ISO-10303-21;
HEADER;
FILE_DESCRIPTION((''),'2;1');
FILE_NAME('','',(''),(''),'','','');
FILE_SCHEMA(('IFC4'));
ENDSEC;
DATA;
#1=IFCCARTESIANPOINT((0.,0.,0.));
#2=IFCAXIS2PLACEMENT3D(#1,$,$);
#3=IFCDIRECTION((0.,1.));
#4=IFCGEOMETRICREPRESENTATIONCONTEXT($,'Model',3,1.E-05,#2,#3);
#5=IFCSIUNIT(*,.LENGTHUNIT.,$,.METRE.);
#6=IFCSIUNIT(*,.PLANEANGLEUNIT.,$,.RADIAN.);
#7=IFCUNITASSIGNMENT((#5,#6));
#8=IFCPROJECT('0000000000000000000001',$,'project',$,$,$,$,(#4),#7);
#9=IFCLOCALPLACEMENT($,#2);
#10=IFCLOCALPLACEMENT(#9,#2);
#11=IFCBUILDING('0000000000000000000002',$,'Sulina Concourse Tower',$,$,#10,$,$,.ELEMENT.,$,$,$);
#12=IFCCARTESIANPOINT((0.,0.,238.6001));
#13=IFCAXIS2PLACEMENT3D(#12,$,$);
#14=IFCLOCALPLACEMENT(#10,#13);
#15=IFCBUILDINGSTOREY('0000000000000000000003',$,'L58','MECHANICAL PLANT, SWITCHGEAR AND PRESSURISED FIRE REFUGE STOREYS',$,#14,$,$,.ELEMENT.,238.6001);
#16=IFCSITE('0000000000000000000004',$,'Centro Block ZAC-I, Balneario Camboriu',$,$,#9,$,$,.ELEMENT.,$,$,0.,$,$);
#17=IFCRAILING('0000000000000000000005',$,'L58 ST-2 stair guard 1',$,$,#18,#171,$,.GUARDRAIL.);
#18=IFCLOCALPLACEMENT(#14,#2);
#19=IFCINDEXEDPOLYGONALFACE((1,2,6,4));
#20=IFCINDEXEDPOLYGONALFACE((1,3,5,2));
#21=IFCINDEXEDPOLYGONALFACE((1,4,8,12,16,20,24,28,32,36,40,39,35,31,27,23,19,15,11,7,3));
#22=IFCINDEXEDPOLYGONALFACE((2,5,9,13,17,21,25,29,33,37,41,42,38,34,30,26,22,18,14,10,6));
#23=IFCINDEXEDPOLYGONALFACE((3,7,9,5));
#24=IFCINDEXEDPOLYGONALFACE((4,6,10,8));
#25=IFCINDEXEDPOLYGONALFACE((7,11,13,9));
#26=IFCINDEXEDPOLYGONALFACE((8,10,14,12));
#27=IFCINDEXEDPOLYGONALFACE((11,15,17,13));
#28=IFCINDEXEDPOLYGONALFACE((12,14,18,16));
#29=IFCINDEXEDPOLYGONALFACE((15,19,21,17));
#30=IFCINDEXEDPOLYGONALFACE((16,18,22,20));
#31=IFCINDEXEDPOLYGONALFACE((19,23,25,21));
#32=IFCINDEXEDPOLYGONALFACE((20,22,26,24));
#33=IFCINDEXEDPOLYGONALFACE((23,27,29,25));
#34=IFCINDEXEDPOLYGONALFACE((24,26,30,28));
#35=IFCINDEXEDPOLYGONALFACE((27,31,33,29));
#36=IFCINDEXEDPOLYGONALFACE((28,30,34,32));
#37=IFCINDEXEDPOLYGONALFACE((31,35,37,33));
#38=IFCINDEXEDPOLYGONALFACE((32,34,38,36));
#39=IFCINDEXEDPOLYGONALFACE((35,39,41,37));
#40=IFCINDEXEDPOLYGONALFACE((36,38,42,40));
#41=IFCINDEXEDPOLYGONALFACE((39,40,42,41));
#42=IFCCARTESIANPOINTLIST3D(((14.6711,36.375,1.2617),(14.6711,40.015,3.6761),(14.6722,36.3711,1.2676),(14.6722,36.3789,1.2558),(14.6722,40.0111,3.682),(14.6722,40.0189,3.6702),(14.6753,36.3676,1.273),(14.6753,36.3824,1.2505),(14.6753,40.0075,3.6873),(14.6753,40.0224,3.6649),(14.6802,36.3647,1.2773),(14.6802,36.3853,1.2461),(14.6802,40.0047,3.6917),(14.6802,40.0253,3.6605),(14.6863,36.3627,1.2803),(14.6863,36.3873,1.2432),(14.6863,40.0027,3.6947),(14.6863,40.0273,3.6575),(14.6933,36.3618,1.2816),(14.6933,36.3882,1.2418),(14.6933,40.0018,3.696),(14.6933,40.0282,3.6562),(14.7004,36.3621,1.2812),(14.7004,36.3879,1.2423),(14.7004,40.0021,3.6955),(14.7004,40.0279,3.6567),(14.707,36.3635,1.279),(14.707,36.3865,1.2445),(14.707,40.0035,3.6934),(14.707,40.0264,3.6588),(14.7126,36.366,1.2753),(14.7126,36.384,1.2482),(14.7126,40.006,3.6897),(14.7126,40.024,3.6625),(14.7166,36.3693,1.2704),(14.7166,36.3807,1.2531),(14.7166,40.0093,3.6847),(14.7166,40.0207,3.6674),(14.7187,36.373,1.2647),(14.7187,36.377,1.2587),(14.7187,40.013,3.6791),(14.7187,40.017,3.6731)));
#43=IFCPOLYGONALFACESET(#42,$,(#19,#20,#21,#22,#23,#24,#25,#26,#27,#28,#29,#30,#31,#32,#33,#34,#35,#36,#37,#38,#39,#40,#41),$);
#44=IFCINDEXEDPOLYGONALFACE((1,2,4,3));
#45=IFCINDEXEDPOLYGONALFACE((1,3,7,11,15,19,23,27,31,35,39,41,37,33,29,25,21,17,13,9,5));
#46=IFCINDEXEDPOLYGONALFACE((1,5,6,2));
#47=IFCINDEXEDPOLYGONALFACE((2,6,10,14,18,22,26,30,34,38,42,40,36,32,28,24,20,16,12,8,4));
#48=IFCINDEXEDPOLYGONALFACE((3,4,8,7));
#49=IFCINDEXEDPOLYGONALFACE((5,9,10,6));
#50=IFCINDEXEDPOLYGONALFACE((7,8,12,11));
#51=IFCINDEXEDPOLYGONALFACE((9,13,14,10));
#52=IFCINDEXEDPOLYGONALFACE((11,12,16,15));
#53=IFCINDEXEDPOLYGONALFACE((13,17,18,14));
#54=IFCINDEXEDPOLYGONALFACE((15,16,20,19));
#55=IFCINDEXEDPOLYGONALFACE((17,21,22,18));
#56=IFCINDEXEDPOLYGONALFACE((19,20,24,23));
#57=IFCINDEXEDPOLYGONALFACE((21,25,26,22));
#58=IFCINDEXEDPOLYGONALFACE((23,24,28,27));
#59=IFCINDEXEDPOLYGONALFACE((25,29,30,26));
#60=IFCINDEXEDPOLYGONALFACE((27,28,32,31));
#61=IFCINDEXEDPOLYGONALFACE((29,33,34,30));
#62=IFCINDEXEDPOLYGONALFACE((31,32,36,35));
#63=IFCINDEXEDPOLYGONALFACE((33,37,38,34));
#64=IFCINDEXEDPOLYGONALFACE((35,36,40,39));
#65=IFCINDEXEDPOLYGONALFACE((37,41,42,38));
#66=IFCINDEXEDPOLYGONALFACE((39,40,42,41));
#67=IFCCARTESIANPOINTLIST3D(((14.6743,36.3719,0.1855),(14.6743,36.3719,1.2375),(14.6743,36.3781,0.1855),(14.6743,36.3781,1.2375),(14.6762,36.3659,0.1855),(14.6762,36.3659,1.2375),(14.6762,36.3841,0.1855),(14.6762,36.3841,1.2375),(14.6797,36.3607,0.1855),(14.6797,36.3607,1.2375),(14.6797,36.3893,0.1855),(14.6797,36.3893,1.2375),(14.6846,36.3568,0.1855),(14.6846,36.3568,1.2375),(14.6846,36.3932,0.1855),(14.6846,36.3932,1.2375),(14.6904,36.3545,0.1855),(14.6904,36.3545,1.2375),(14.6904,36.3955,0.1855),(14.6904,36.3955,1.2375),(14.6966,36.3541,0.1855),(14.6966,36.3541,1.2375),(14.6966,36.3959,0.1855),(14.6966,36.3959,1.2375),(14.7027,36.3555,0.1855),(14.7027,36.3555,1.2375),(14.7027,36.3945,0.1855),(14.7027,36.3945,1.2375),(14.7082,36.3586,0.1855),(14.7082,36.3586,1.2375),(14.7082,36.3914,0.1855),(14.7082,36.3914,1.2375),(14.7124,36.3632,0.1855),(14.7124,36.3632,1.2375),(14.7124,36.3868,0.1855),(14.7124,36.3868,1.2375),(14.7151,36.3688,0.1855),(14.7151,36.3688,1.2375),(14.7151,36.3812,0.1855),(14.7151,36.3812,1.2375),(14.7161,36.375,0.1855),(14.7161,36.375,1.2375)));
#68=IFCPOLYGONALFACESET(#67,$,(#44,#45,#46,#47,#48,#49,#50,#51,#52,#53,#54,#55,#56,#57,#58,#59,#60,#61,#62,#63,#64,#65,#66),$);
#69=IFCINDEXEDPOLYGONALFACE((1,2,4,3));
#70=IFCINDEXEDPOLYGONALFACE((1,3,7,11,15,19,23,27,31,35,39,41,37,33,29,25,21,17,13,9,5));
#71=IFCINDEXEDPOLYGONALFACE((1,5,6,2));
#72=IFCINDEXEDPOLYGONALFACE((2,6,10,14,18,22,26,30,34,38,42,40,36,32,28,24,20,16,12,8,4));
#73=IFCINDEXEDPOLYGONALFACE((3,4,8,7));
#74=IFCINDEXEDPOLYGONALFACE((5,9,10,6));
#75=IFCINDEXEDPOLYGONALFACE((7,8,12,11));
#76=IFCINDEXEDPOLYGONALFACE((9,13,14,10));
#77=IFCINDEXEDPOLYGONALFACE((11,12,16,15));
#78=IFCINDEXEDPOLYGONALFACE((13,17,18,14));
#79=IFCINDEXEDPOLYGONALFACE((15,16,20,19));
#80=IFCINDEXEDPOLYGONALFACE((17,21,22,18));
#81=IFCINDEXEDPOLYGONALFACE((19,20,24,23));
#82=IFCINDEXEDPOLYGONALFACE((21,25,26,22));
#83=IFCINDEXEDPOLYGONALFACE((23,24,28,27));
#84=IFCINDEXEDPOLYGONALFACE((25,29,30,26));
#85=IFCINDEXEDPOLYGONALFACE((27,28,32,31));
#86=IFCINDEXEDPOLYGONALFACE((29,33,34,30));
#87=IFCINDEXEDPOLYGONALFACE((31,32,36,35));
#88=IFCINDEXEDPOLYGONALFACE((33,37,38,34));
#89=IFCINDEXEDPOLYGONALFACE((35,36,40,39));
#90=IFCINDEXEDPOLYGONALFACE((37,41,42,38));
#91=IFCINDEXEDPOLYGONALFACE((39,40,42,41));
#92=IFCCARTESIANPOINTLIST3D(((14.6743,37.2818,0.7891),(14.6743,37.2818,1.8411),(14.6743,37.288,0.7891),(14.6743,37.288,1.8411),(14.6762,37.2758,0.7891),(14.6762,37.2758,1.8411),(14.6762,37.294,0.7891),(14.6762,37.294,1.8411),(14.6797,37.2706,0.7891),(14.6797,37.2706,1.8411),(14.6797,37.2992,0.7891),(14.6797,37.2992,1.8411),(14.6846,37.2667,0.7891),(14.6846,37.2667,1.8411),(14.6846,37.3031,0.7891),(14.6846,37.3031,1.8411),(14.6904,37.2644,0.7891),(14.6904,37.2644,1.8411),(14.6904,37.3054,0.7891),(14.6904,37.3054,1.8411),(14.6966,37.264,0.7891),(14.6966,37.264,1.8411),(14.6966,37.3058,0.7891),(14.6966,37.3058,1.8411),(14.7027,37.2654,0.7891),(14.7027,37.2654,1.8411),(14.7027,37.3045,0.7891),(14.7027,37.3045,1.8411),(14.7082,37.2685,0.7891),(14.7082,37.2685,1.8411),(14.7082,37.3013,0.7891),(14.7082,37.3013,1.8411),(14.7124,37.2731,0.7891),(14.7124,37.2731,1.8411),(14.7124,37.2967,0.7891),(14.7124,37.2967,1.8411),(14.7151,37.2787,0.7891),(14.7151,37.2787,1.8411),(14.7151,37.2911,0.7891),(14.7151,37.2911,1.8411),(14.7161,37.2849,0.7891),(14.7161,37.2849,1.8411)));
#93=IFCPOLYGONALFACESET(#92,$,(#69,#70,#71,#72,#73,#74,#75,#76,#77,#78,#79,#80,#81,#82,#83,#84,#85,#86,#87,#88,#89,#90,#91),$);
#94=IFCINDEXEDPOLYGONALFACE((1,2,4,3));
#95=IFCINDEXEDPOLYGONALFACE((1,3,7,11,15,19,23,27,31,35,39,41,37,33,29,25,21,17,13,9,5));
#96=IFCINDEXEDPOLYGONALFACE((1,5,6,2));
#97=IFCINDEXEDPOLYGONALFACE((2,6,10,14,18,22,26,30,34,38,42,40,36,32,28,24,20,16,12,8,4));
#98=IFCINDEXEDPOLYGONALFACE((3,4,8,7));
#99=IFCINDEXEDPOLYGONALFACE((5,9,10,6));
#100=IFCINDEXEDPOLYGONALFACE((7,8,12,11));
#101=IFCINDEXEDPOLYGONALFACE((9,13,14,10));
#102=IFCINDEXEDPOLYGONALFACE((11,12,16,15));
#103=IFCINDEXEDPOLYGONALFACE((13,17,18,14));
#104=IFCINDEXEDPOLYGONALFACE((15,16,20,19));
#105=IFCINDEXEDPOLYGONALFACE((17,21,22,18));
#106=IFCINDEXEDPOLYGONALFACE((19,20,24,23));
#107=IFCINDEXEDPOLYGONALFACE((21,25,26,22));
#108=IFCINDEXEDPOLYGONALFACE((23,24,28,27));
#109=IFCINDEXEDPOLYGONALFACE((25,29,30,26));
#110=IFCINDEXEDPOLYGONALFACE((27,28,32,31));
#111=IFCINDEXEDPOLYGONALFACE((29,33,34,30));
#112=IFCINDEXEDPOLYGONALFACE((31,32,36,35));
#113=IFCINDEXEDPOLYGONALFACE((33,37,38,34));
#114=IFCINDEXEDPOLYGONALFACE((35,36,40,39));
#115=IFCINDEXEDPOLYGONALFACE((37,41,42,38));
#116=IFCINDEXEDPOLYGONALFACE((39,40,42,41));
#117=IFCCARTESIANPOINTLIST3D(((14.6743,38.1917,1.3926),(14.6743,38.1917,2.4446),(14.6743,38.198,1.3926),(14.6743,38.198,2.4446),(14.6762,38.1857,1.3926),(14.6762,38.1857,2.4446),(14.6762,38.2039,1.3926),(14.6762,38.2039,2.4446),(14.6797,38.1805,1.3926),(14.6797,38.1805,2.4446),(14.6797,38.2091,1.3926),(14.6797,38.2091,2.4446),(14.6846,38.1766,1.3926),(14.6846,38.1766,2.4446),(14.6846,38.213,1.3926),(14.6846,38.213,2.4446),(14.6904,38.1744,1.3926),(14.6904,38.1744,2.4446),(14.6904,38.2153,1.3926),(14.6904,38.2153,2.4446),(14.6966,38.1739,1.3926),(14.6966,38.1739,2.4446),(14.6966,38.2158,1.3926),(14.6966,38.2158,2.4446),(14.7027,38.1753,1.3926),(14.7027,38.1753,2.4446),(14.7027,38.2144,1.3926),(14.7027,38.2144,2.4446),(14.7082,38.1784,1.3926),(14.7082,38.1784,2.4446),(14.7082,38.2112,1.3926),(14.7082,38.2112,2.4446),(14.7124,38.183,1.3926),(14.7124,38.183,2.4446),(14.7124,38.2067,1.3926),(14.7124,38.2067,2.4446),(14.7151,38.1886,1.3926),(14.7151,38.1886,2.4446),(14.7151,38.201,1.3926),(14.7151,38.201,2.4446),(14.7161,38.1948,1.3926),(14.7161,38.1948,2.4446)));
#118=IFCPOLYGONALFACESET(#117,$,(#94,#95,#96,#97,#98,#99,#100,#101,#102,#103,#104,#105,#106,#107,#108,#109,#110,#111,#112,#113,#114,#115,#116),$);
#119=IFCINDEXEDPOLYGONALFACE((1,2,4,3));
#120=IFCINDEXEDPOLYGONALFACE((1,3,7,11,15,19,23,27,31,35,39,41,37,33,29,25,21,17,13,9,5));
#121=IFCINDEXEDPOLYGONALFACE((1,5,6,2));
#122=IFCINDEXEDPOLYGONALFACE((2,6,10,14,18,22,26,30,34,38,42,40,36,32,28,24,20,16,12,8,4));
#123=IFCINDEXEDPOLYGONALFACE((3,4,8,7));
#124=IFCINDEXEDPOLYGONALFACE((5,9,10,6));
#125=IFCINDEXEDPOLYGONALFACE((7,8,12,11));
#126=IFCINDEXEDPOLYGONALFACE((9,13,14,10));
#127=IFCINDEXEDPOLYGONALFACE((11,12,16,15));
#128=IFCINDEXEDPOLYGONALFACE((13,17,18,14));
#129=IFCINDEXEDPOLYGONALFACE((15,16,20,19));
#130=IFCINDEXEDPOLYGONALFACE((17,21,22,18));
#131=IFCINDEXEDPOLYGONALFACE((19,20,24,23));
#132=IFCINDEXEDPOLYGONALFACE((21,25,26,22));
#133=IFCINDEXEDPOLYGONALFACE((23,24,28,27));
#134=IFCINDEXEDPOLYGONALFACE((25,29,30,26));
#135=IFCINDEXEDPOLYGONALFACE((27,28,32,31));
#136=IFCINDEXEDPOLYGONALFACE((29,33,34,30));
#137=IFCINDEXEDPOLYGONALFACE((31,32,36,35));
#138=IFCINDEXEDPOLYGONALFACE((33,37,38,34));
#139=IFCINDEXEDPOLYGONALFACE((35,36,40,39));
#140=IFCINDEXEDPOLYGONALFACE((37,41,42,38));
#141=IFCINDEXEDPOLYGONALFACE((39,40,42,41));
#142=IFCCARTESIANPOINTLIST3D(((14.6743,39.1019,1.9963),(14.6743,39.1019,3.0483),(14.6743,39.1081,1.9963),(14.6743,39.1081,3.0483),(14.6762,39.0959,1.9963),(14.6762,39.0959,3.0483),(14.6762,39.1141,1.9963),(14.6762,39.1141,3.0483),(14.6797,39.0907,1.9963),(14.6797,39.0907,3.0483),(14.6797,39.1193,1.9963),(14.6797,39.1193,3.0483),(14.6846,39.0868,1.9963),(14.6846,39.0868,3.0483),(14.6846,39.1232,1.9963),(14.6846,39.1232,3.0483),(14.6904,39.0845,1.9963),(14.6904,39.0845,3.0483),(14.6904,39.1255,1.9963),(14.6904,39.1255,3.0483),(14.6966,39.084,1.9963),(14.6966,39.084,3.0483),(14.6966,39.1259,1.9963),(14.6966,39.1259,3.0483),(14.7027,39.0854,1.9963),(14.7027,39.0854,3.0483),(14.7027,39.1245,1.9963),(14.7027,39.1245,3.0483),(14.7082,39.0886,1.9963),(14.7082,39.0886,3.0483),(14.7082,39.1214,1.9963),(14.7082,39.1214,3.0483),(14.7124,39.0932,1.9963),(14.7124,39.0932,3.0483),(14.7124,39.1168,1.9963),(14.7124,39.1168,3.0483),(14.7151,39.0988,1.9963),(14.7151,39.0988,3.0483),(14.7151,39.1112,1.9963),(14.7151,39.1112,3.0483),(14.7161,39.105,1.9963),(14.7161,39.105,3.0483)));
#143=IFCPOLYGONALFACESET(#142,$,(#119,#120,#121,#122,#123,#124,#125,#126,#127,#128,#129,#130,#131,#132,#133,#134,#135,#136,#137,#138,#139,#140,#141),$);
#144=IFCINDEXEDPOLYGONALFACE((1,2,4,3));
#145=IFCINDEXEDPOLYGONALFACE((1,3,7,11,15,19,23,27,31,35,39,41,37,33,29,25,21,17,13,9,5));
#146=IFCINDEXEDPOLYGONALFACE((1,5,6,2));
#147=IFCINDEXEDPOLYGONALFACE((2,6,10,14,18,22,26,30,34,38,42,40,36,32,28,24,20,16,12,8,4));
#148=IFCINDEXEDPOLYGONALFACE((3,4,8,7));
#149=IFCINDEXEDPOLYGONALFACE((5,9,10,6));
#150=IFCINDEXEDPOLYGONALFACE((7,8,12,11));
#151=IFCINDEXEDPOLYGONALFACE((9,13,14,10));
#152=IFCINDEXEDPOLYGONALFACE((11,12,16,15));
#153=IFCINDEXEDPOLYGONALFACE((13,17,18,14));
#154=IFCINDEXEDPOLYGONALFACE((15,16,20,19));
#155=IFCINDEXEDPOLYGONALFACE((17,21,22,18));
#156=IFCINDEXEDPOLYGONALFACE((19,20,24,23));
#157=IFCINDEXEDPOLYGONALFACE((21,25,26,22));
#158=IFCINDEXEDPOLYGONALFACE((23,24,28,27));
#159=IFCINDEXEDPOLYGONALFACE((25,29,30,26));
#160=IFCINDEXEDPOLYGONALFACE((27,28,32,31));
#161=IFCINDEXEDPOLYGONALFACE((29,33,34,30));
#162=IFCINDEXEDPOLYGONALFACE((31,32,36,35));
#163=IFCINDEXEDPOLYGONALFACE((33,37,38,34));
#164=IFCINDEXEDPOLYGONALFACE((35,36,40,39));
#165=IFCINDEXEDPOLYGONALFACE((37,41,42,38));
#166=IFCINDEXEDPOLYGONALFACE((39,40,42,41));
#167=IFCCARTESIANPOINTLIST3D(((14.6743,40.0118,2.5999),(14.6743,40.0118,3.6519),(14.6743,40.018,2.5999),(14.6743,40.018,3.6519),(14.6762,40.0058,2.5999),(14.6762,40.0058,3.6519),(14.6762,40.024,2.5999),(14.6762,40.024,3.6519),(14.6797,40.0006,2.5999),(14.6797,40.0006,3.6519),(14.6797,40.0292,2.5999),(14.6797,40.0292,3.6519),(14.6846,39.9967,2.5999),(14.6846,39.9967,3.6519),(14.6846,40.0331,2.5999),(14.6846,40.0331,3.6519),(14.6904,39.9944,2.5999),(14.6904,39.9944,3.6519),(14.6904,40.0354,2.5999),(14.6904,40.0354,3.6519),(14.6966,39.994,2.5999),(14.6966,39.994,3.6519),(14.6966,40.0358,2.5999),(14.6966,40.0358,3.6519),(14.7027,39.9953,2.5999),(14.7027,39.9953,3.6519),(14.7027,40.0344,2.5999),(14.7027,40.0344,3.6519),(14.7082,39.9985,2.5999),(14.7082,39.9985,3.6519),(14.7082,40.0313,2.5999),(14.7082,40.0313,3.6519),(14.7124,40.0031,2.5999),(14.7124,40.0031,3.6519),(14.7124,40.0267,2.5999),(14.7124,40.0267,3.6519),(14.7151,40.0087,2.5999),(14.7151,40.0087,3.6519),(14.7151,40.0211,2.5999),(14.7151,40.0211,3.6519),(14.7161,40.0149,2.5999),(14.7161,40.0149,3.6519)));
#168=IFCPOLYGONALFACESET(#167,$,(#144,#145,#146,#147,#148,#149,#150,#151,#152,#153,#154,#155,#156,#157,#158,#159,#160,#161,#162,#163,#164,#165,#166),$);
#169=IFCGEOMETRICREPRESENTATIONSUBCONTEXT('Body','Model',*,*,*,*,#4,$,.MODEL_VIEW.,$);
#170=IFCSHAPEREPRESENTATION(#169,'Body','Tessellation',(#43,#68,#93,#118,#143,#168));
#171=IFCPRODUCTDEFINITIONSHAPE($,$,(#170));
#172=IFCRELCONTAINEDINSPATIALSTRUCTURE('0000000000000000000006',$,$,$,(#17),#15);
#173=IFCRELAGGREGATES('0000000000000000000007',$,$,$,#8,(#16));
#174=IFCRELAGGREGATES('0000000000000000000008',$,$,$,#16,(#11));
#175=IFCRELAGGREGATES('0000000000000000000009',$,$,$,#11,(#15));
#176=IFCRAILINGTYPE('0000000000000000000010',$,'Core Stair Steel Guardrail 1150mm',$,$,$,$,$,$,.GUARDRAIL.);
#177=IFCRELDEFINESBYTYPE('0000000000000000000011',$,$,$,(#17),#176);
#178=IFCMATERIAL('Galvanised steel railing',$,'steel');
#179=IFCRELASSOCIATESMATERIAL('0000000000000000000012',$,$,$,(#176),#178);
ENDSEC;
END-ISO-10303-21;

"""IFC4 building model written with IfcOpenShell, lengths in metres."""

from ifc_helpers import new_model, si_unit, direction, frame, origin, origin_2d, place, context, subcontext, project, spatial, circle, extrude, material, type_object, element, save


model = new_model("IFC4")

# Units and contexts
model_context = context("Model", 3, precision=1e-05, world=origin(), true_north=direction((0.0, 1.0)))
body_context = subcontext(model_context, "Body", "Model", "MODEL_VIEW")
ifc_project = project(units=[si_unit("LENGTHUNIT", "METRE"), si_unit("PLANEANGLEUNIT", "RADIAN")], contexts=[model_context])

# Site, building, storey
site_placement = place(None, origin())
site = spatial("IfcSite", under=ifc_project, at=site_placement, Name="Centro Block ZAC-I, Balneario Camboriu", CompositionType="ELEMENT", RefElevation=0.0)
building_placement = place(site_placement, origin())
building = spatial("IfcBuilding", under=site, at=building_placement, Name="Sulina Concourse Tower", CompositionType="ELEMENT")
storey_placement = place(building_placement, frame((0.0, 0.0, 238.6001)))
storey = spatial("IfcBuildingStorey", under=building, at=storey_placement, Name="L58", Description="MECHANICAL PLANT, SWITCHGEAR AND PRESSURISED FIRE REFUGE STOREYS", CompositionType="ELEMENT", Elevation=238.6001)

# Railing
ifc_material_1 = material(Name="Galvanised steel railing", Category="steel")
railing_type_1 = type_object("IfcRailingType", Name="Core Stair Steel Guardrail 1150mm", PredefinedType="GUARDRAIL", material=ifc_material_1)
railing_1_placement = place(storey_placement, frame((14.6951, 36.375, 0.1855)))
element("IfcRailing", 1, at=railing_1_placement, inside=storey, type_object=railing_type_1, Name="L58 ST-2 stair guard 1", PredefinedType="GUARDRAIL", context=body_context, shape_type="SweptSolid", body=[
    extrude(circle(Radius=0.0239, at=origin_2d()), frame((0.0, 0.0, 1.0762), z_axis=(0.0, 0.833347, 0.552751), x_axis=(-1.0, 0.0, 0.0)), (0.0, 0.0, 1.0), 4.3679),
    extrude(circle(Radius=0.021, at=origin_2d()), origin(), (0.0, 0.0, 1.0), 1.052),
    extrude(circle(Radius=0.021, at=origin_2d()), frame((0.0, 0.9099, 0.6035)), (0.0, 0.0, 1.0), 1.052),
    extrude(circle(Radius=0.021, at=origin_2d()), frame((0.0, 1.8198, 1.207)), (0.0, 0.0, 1.0), 1.052),
    extrude(circle(Radius=0.021, at=origin_2d()), frame((0.0, 2.73, 1.8108)), (0.0, 0.0, 1.0), 1.052),
    extrude(circle(Radius=0.021, at=origin_2d()), frame((0.0, 3.6399, 2.4143)), (0.0, 0.0, 1.0), 1.052),
])

save(model, "model.ifc")
